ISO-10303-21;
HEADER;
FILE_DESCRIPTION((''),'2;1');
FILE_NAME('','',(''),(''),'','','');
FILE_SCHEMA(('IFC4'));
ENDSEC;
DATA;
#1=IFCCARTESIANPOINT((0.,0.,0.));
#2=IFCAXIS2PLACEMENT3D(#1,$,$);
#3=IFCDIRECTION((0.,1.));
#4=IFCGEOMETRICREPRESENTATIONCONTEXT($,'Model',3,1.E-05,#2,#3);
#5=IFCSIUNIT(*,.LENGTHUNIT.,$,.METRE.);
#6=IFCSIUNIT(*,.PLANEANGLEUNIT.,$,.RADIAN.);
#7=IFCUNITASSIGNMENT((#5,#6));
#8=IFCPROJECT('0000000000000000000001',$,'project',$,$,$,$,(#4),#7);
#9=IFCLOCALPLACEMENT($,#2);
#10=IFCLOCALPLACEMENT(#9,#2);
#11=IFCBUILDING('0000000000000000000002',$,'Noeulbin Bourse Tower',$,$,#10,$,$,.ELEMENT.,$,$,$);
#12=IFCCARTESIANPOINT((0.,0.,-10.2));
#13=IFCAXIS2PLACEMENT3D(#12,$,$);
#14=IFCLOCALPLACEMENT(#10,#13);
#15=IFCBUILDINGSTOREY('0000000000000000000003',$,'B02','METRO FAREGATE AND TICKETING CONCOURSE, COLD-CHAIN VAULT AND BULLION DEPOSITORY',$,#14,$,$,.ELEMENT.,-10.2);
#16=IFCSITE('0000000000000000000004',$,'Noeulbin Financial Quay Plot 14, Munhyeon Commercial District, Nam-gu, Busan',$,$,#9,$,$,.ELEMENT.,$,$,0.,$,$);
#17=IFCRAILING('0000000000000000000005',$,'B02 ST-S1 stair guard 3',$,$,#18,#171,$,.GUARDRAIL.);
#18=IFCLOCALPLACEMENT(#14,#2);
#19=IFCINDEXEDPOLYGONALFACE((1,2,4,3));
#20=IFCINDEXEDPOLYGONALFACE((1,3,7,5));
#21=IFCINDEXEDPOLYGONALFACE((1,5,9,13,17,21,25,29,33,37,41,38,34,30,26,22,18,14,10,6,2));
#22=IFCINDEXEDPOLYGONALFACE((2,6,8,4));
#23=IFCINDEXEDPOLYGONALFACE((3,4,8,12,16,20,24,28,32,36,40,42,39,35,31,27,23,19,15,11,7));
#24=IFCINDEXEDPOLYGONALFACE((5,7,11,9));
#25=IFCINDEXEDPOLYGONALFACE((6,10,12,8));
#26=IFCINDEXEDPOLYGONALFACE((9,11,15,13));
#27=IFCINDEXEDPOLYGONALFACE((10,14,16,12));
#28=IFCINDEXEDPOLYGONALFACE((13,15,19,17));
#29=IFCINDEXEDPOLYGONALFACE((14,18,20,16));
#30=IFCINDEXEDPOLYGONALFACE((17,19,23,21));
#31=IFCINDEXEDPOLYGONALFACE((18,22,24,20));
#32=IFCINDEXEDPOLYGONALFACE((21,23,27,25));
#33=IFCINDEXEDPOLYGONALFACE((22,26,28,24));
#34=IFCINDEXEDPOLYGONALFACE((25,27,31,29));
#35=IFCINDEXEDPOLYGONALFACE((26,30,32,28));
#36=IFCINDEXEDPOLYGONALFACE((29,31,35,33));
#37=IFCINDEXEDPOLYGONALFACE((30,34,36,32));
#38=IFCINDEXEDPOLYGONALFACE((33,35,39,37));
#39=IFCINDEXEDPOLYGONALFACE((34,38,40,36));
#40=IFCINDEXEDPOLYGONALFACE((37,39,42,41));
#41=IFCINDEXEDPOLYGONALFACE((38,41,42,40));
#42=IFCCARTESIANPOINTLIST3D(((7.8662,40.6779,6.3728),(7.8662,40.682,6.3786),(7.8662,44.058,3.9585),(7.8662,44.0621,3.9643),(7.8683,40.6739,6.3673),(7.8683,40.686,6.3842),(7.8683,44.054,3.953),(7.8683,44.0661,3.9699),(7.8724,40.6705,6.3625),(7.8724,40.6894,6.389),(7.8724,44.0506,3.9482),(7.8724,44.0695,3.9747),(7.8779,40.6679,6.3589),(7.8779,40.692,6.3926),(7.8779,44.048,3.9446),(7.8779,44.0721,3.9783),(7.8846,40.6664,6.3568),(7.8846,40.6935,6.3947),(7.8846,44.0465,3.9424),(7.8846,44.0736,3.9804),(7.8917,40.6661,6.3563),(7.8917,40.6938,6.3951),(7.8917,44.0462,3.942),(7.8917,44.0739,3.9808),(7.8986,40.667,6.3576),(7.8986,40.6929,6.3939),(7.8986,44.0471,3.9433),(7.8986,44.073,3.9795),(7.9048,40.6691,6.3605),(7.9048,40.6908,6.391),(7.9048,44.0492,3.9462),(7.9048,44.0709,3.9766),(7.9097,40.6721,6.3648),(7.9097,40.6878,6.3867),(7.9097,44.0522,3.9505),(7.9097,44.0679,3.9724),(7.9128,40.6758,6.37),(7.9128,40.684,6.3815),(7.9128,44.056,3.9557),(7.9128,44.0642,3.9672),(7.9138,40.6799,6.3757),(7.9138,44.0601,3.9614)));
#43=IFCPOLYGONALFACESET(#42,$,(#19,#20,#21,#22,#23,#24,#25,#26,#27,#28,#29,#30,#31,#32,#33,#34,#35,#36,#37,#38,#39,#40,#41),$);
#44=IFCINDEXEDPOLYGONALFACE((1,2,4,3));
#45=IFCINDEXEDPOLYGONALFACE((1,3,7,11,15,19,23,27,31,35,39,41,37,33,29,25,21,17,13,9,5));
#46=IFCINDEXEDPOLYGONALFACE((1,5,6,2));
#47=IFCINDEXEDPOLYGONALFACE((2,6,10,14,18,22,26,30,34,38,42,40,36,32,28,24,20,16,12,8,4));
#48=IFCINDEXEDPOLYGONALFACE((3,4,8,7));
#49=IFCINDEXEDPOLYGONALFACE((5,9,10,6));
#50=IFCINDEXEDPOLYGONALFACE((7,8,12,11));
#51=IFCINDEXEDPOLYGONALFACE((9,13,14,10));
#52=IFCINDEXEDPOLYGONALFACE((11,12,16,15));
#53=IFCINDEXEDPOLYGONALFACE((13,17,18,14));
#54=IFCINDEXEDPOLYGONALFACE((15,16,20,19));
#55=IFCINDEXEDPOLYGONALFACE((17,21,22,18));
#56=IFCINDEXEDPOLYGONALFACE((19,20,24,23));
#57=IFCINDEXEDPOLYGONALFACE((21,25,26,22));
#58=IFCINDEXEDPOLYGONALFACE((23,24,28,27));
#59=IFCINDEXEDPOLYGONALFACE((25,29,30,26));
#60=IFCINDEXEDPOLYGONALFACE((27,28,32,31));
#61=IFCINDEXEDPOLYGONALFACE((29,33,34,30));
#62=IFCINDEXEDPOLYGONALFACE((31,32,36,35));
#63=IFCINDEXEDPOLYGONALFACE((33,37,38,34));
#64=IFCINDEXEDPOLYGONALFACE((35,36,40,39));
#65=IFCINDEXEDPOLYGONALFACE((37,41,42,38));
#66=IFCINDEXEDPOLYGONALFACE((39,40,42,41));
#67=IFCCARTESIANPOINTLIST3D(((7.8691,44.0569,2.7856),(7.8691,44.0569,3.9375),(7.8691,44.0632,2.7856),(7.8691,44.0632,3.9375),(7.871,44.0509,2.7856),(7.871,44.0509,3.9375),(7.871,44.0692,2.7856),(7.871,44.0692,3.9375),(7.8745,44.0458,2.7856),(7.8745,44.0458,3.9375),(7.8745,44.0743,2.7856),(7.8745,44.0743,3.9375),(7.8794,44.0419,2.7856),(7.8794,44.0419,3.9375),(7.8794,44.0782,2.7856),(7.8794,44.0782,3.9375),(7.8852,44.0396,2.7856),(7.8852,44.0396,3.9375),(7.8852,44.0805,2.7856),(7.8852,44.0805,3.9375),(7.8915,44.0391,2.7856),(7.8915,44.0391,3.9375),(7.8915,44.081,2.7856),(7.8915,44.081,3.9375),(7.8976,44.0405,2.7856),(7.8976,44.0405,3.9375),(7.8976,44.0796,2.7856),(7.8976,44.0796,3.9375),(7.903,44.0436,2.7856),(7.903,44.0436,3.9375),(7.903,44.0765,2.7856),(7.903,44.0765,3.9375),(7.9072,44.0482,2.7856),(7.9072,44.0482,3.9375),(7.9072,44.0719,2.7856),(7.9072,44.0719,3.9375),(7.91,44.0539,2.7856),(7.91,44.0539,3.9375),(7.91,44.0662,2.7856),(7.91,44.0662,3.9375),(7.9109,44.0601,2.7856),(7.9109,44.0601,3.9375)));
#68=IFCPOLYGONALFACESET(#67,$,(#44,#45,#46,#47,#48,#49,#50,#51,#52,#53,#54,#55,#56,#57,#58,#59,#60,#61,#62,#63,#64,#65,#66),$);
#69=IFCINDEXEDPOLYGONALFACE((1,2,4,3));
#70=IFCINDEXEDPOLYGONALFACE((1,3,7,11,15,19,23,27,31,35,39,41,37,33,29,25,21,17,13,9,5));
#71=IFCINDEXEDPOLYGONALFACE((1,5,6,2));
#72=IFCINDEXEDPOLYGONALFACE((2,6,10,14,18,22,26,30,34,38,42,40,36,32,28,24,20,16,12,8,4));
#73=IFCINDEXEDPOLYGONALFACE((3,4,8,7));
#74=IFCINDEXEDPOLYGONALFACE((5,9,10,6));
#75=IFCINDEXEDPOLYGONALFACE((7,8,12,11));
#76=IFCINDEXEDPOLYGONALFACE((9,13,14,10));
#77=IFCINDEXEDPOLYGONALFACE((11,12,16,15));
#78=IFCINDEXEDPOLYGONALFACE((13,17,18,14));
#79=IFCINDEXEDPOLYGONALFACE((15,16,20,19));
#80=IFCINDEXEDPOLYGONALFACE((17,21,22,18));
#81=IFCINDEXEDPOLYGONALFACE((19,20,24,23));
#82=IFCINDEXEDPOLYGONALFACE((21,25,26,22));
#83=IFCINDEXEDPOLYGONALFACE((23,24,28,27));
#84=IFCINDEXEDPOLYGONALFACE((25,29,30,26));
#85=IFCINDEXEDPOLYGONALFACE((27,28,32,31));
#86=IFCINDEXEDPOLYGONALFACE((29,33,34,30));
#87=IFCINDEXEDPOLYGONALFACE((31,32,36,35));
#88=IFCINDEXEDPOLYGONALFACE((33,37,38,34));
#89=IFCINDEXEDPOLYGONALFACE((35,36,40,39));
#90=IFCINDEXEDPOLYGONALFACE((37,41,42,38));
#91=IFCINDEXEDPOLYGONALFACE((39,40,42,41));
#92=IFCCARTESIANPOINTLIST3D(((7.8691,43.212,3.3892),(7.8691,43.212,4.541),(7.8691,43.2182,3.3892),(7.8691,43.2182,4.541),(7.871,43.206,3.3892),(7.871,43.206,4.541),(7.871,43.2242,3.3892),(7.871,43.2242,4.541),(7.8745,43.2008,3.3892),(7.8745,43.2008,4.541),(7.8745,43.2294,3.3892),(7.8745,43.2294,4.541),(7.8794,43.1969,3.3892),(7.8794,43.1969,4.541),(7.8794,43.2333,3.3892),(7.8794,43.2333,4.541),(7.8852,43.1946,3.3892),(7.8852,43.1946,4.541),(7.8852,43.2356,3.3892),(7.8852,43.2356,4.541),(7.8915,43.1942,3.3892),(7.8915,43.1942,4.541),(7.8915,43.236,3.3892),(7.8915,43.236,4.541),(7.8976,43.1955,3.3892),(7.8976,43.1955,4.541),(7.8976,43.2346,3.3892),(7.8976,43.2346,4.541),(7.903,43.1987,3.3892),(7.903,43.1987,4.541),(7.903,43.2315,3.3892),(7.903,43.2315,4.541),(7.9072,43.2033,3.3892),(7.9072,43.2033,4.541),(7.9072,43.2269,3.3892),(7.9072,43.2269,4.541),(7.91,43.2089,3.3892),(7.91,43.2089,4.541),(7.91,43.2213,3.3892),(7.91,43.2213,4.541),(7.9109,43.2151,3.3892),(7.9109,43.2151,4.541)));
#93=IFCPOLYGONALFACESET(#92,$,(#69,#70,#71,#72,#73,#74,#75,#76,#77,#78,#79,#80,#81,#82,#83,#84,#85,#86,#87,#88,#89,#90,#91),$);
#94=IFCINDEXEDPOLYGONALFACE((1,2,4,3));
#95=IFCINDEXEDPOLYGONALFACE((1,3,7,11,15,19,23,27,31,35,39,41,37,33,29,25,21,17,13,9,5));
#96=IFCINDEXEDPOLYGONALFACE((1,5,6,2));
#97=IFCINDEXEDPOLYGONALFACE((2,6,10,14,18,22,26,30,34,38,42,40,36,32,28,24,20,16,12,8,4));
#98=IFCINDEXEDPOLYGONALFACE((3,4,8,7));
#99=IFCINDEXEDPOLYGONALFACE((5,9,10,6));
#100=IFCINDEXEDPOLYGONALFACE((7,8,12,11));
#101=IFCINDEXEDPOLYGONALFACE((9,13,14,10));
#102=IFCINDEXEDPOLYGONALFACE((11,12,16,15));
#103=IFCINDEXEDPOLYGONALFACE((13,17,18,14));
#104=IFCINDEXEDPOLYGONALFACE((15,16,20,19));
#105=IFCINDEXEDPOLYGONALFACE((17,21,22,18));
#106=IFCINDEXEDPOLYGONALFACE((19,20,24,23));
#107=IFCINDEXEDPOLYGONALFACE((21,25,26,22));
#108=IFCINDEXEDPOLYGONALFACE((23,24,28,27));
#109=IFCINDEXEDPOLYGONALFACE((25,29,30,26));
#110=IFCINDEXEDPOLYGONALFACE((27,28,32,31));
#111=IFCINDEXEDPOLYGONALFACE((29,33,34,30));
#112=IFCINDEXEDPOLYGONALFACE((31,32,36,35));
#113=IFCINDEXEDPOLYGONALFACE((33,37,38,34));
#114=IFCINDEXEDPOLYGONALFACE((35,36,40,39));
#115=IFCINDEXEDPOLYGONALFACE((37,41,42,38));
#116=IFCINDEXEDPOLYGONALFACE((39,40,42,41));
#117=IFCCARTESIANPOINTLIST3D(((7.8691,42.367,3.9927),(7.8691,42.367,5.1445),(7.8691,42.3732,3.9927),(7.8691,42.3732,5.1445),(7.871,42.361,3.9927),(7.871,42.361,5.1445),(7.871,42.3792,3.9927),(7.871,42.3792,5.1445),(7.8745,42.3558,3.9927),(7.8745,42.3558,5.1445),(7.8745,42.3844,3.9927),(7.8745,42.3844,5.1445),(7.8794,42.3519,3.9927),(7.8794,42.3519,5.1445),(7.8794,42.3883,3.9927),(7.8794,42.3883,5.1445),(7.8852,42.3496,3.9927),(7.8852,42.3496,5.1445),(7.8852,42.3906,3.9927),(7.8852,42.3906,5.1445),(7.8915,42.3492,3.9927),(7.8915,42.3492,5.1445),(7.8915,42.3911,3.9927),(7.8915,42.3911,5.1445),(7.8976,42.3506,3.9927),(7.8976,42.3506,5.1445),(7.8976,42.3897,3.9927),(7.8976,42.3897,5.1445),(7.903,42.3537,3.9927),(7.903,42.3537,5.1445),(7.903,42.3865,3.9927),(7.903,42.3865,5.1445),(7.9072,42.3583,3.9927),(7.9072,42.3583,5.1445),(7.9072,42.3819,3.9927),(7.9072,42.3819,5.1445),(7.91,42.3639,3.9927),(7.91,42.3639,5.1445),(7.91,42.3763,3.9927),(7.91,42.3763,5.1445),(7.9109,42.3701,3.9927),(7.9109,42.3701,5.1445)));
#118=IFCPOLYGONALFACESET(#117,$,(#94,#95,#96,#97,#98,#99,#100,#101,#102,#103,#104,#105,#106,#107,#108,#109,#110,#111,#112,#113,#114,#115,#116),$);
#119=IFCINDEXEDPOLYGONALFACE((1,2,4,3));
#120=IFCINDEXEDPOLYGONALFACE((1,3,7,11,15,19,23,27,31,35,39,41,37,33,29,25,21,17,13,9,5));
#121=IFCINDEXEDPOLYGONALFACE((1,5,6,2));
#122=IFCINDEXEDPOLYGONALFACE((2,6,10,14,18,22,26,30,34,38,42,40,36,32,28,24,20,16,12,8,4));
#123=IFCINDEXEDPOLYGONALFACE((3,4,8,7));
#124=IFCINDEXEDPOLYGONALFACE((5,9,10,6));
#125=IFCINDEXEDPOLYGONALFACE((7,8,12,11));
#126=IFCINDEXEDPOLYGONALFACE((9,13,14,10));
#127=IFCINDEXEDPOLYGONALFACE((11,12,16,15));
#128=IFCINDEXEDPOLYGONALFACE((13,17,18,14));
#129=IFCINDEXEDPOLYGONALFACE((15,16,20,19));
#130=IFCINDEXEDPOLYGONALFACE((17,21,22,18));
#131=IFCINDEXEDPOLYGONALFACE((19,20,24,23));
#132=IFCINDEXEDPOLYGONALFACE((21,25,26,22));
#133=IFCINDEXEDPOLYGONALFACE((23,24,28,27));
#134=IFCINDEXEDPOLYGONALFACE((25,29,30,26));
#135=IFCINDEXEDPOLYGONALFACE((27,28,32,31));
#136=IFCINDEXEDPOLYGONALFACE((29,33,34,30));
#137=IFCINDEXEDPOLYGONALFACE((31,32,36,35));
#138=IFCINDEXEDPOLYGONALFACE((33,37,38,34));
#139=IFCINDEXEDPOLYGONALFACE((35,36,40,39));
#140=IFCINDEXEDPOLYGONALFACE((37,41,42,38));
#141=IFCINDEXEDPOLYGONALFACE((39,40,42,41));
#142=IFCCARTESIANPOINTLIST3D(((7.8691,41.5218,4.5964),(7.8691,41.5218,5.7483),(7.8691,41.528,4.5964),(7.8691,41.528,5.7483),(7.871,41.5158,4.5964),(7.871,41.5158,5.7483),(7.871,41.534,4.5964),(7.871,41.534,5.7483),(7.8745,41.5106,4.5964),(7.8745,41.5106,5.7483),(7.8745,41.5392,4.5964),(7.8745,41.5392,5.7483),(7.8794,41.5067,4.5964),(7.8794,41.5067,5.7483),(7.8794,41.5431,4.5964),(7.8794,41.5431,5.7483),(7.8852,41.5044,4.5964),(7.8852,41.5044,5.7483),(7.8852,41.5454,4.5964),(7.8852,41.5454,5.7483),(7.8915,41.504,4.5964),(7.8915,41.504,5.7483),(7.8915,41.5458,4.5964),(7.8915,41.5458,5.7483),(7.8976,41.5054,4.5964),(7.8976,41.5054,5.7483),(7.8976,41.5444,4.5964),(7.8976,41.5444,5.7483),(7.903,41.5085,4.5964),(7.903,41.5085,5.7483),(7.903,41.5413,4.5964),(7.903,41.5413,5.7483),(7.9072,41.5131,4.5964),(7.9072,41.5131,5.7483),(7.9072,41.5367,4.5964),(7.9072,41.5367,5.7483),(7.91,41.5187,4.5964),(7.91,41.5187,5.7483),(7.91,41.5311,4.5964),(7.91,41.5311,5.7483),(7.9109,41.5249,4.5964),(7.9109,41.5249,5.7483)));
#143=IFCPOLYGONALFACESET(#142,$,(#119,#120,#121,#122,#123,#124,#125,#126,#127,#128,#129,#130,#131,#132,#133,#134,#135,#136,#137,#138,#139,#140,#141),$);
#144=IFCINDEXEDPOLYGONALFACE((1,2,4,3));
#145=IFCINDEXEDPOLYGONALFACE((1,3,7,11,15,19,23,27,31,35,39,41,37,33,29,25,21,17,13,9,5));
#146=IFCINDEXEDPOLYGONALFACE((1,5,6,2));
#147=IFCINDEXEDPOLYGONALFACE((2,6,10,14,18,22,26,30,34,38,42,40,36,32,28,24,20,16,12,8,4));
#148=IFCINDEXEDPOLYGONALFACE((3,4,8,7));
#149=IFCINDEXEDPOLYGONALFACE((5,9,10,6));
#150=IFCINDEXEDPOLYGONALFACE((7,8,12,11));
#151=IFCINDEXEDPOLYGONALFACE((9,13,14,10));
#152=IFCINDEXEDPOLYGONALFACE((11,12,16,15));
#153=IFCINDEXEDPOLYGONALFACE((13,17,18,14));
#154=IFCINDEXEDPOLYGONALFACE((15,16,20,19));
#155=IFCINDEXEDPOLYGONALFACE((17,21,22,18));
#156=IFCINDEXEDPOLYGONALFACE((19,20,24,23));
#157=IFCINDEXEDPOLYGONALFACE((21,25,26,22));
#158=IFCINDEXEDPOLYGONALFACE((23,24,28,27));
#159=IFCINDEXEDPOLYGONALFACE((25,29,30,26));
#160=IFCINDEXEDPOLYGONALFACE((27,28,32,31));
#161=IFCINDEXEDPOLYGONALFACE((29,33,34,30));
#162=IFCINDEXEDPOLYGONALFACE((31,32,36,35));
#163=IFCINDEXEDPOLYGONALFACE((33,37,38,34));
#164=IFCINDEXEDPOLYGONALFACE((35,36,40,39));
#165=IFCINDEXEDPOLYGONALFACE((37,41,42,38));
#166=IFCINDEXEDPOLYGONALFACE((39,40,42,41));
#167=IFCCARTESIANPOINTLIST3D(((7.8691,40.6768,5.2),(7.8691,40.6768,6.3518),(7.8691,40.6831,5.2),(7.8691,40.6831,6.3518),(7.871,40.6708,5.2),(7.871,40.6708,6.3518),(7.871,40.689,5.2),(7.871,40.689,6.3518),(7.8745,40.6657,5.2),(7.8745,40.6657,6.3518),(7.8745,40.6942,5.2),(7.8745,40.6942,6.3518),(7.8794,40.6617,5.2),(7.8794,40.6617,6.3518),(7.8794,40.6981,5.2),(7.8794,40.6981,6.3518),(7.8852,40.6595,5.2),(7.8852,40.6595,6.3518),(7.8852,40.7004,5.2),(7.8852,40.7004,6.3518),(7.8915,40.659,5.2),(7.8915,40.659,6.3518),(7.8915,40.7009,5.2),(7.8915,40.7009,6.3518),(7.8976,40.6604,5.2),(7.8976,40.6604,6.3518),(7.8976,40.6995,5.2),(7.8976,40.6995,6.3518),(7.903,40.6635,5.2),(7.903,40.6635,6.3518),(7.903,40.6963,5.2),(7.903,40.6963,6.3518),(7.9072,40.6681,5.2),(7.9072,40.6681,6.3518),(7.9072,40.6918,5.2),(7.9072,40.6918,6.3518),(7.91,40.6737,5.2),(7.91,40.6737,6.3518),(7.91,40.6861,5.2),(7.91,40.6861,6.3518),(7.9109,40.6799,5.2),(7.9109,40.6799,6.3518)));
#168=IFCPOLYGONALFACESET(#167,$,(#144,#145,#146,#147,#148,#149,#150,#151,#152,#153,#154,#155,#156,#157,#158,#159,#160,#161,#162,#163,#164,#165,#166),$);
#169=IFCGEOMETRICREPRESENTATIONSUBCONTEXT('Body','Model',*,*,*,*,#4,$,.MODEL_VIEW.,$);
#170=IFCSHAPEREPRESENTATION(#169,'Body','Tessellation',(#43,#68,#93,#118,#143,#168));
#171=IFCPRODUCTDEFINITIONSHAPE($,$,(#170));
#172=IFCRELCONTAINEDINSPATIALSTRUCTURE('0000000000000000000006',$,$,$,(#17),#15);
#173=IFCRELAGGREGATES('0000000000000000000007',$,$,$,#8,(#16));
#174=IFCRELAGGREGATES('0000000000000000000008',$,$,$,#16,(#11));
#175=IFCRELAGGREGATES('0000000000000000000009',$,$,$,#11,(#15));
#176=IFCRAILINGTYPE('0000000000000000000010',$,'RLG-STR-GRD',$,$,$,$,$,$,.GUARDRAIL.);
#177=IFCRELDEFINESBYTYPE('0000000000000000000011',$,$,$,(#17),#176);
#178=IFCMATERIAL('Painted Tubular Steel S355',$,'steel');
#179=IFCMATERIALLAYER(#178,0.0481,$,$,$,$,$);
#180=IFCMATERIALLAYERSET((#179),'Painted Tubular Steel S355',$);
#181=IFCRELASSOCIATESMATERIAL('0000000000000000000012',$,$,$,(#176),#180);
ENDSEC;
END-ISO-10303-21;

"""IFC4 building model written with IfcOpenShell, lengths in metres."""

from ifc_helpers import new_model, si_unit, direction, frame, origin, origin_2d, place, context, subcontext, project, spatial, circle, extrude, material, layer, layer_set, type_object, element, save


model = new_model("IFC4")

# Units and contexts
model_context = context("Model", 3, precision=1e-05, world=origin(), true_north=direction((0.0, 1.0)))
body_context = subcontext(model_context, "Body", "Model", "MODEL_VIEW")
ifc_project = project(units=[si_unit("LENGTHUNIT", "METRE"), si_unit("PLANEANGLEUNIT", "RADIAN")], contexts=[model_context])

# Site, building, storey
site_placement = place(None, origin())
site = spatial("IfcSite", under=ifc_project, at=site_placement, Name="Noeulbin Financial Quay Plot 14, Munhyeon Commercial District, Nam-gu, Busan", CompositionType="ELEMENT", RefElevation=0.0)
building_placement = place(site_placement, origin())
building = spatial("IfcBuilding", under=site, at=building_placement, Name="Noeulbin Bourse Tower", CompositionType="ELEMENT")
storey_placement = place(building_placement, frame((0.0, 0.0, -10.2)))
storey = spatial("IfcBuildingStorey", under=building, at=storey_placement, Name="B02", Description="METRO FAREGATE AND TICKETING CONCOURSE, COLD-CHAIN VAULT AND BULLION DEPOSITORY", CompositionType="ELEMENT", Elevation=-10.2)

# Railing
ifc_material_1 = material(Name="Painted Tubular Steel S355", Category="steel")
ifc_layer_1 = layer(ifc_material_1, 0.0481)
ifc_layer_set_1 = layer_set([ifc_layer_1], Name="Painted Tubular Steel S355")
railing_type_1 = type_object("IfcRailingType", Name="RLG-STR-GRD", PredefinedType="GUARDRAIL", material=ifc_layer_set_1)
railing_1_placement = place(storey_placement, frame((7.8899, 44.0601, 2.7856)))
element("IfcRailing", 1, at=railing_1_placement, inside=storey, type_object=railing_type_1, Name="B02 ST-S1 stair guard 3", PredefinedType="GUARDRAIL", context=body_context, shape_type="SweptSolid", body=[
    extrude(circle(Radius=0.0239, at=origin_2d()), frame((0.0, 0.0, 1.1758), z_axis=(0.0, -0.813741, 0.581227), x_axis=(1.0, 0.0, 0.0)), (0.0, 0.0, 1.0), 4.1538),
    extrude(circle(Radius=0.021, at=origin_2d()), origin(), (0.0, 0.0, 1.0), 1.1519),
    extrude(circle(Radius=0.021, at=origin_2d()), frame((0.0, -0.845, 0.6035)), (0.0, 0.0, 1.0), 1.1519),
    extrude(circle(Radius=0.021, at=origin_2d()), frame((0.0, -1.6899, 1.207)), (0.0, 0.0, 1.0), 1.1519),
    extrude(circle(Radius=0.021, at=origin_2d()), frame((0.0, -2.5352, 1.8108)), (0.0, 0.0, 1.0), 1.1519),
    extrude(circle(Radius=0.021, at=origin_2d()), frame((0.0, -3.3801, 2.4143)), (0.0, 0.0, 1.0), 1.1519),
])

save(model, "model.ifc")
